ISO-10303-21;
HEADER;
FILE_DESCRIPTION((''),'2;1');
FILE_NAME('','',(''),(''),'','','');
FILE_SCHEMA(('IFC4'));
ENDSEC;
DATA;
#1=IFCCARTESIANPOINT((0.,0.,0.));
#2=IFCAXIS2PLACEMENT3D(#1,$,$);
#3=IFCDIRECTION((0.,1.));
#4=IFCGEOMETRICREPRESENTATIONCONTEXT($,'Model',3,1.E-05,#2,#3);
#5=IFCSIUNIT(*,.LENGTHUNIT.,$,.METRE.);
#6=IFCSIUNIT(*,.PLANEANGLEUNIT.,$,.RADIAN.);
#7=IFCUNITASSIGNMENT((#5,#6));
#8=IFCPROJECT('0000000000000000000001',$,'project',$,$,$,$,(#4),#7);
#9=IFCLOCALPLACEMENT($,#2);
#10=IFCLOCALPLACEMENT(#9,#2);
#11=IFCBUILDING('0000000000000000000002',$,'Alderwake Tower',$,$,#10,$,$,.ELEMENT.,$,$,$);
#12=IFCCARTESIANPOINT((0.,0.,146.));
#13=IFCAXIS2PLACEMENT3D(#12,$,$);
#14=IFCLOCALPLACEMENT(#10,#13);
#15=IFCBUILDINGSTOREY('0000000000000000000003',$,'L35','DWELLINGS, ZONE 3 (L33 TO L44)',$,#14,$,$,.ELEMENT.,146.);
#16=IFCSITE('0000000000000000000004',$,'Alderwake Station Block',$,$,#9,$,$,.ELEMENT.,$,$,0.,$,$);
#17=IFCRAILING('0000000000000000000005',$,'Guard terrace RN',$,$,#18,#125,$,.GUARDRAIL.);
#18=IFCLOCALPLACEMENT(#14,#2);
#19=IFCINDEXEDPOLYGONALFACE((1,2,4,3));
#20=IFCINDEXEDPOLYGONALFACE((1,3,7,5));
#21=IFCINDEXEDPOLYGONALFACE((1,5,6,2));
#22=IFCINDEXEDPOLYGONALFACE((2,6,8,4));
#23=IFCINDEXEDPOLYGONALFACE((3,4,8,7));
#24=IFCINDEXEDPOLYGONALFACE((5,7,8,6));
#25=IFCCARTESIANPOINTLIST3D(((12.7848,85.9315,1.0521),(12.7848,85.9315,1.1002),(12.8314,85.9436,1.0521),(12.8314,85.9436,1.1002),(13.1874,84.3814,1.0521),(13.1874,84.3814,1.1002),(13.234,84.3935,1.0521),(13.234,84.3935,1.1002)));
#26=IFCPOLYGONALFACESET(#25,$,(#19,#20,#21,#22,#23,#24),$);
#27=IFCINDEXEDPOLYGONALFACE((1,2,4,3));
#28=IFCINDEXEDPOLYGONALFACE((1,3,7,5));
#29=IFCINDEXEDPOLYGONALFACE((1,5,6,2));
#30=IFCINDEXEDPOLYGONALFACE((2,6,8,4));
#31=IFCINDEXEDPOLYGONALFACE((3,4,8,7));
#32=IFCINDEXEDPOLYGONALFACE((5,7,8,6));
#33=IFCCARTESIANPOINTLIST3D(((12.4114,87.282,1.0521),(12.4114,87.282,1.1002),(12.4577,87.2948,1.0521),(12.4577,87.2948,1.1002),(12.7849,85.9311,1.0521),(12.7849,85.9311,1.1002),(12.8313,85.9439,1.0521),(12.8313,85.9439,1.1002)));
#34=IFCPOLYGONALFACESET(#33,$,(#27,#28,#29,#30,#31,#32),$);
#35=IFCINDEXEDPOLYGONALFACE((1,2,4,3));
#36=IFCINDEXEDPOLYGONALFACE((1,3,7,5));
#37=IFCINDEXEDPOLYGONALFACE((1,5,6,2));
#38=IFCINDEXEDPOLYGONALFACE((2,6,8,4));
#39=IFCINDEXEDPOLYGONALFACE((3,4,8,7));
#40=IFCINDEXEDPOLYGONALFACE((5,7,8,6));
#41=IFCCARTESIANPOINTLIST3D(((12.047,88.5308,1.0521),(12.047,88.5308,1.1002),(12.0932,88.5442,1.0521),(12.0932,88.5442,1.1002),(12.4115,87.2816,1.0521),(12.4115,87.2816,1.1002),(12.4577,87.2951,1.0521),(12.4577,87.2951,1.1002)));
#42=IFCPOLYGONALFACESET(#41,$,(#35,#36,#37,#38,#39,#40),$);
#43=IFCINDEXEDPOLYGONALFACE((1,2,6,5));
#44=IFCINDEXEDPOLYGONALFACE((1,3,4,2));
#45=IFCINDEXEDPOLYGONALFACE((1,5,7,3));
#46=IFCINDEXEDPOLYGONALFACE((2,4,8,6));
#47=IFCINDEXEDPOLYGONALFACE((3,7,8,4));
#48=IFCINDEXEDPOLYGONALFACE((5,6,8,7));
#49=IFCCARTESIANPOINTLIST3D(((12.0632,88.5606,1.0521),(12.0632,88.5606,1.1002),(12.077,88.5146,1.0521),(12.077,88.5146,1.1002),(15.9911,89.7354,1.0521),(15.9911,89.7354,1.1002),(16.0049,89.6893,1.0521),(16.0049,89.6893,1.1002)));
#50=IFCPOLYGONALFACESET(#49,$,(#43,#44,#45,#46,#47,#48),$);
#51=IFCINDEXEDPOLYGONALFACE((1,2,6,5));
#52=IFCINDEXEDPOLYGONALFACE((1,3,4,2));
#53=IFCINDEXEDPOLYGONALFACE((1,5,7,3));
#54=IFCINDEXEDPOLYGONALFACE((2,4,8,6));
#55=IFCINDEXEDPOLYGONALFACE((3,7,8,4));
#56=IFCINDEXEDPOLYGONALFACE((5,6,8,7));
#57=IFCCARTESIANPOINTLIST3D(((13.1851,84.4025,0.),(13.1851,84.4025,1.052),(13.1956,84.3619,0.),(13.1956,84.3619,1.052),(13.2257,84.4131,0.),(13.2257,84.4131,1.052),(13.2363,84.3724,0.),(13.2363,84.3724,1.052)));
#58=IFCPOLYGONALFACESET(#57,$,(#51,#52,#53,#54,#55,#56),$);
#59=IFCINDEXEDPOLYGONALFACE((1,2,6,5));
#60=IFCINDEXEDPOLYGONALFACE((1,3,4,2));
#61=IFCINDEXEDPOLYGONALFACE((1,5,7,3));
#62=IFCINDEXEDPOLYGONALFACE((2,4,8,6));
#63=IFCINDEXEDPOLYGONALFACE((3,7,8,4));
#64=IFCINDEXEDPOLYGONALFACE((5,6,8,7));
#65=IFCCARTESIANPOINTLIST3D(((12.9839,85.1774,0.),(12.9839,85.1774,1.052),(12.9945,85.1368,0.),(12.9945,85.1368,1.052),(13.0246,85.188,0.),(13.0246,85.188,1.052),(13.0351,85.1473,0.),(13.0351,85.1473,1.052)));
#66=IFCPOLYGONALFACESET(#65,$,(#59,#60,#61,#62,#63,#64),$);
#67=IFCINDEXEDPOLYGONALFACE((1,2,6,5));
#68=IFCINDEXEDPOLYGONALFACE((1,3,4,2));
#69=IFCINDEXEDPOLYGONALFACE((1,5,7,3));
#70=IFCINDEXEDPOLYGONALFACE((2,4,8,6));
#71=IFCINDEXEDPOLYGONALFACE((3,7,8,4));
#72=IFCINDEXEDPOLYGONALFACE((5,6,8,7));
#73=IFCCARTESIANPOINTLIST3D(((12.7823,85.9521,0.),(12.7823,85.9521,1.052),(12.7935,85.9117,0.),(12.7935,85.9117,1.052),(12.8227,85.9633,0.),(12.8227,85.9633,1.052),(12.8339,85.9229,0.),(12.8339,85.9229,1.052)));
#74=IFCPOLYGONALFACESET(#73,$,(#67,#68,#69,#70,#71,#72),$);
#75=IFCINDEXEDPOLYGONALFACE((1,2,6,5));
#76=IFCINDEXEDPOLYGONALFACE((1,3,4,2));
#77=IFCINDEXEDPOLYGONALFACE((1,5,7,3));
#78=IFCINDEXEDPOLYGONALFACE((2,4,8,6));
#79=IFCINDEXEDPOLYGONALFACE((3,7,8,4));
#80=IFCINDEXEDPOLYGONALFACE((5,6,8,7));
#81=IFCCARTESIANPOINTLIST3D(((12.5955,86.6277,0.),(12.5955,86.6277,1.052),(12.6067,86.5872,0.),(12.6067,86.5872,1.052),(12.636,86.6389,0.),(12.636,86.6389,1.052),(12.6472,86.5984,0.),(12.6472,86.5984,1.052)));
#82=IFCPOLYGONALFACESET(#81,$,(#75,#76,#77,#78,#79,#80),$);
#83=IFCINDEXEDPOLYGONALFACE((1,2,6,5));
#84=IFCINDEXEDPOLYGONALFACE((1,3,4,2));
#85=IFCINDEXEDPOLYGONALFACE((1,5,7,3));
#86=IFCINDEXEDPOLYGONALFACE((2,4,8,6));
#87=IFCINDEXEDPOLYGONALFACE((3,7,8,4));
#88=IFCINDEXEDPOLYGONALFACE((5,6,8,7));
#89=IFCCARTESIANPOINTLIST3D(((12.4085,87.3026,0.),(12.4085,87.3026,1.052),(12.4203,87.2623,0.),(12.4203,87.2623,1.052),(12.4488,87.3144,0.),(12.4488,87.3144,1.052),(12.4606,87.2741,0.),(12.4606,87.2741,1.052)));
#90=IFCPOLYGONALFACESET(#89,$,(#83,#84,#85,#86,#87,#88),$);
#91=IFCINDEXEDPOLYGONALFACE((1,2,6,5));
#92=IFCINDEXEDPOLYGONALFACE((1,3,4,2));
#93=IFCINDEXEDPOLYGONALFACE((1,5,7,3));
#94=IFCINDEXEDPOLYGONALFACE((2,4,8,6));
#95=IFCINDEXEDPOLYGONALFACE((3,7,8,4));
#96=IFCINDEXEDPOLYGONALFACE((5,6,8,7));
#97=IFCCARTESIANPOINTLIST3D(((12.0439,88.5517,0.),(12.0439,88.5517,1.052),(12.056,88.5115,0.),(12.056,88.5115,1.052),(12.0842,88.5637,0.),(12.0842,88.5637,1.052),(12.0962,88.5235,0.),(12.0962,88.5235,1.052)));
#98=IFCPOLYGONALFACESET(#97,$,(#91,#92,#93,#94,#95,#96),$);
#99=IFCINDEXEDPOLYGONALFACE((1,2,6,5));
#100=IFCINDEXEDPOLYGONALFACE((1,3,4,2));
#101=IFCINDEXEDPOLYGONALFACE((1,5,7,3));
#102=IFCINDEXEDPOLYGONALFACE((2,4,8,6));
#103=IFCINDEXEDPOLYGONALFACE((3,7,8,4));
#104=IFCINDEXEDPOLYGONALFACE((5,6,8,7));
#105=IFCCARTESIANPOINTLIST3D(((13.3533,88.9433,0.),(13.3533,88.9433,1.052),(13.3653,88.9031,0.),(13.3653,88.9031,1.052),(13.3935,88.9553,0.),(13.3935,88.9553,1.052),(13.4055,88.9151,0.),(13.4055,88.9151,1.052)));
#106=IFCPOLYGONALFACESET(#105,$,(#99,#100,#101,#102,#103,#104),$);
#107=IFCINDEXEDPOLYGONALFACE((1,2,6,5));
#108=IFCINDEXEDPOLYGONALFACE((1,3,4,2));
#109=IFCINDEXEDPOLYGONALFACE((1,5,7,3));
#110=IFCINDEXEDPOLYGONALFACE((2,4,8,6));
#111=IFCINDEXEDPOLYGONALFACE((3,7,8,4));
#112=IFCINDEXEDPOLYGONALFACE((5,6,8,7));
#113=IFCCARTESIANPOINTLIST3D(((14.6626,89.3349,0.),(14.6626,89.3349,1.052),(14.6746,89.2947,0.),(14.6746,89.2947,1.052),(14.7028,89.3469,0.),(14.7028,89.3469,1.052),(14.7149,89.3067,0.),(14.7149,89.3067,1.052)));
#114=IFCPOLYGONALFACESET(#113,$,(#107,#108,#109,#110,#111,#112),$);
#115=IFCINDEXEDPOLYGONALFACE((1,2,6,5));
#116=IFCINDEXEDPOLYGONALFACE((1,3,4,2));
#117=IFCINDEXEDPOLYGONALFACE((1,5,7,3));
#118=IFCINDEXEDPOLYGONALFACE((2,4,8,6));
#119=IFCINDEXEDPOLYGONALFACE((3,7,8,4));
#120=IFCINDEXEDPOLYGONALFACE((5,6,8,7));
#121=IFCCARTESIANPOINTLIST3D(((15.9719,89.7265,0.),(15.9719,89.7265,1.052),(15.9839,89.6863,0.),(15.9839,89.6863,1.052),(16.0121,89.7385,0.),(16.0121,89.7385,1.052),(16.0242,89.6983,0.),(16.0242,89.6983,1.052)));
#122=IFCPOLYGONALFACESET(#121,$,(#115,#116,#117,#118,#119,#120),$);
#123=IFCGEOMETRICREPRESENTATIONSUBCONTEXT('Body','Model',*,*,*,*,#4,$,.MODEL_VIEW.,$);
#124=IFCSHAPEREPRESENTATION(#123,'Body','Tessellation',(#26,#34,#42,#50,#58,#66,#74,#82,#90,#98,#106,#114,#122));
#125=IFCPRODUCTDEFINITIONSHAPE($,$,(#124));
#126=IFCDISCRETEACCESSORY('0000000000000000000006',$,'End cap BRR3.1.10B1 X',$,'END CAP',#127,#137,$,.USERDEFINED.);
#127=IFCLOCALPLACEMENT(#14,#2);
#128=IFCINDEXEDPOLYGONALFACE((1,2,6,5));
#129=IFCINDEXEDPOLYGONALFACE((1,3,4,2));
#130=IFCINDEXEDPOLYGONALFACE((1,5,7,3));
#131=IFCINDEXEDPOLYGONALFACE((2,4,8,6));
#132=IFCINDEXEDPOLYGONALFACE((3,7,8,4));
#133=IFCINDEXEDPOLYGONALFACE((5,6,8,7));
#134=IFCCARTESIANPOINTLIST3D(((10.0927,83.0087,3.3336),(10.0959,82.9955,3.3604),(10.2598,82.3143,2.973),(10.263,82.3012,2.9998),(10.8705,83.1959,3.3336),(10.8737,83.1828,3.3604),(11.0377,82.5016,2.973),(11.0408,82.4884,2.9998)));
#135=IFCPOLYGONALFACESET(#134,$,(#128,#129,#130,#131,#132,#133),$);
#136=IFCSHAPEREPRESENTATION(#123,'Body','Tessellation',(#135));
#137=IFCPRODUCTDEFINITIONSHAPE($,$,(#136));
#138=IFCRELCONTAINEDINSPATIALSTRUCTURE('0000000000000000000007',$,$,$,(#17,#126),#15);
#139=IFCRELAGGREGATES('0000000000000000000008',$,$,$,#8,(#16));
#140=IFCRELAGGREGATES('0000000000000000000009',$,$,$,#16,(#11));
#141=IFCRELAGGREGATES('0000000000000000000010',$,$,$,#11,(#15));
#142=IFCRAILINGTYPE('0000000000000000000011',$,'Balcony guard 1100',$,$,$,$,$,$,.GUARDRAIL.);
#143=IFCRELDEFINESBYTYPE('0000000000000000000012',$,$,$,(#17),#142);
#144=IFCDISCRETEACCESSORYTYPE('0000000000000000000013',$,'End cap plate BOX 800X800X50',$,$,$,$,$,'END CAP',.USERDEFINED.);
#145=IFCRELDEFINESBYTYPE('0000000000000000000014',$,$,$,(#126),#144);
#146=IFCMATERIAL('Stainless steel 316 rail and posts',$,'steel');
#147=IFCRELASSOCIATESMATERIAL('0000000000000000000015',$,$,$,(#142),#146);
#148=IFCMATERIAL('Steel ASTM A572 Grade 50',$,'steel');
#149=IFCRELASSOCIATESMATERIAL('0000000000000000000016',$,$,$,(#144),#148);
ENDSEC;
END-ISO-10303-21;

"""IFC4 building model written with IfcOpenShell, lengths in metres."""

from ifc_helpers import new_model, si_unit, direction, frame, origin, origin_2d, place, context, subcontext, project, spatial, rectangle, extrude, material, material_profile, profile_set, type_object, element, save


model = new_model("IFC4")

# Units and contexts
model_context = context("Model", 3, precision=1e-05, world=origin(), true_north=direction((0.0, 1.0)))
body_context = subcontext(model_context, "Body", "Model", "MODEL_VIEW")
ifc_project = project(units=[si_unit("LENGTHUNIT", "METRE"), si_unit("PLANEANGLEUNIT", "RADIAN")], contexts=[model_context])

# Site, building, storey
site_placement = place(None, origin())
site = spatial("IfcSite", under=ifc_project, at=site_placement, Name="Alderwake Station Block", CompositionType="ELEMENT", RefElevation=0.0)
building_placement = place(site_placement, origin())
building = spatial("IfcBuilding", under=site, at=building_placement, Name="Alderwake Tower", CompositionType="ELEMENT")
storey_placement = place(building_placement, frame((0.0, 0.0, 146.0)))
storey = spatial("IfcBuildingStorey", under=building, at=storey_placement, Name="L35", Description="DWELLINGS, ZONE 3 (L33 TO L44)", CompositionType="ELEMENT", Elevation=146.0)

# Railing
ifc_material_1 = material(Name="Stainless steel 316 rail and posts", Category="steel")
railing_type = type_object("IfcRailingType", Name="Balcony guard 1100", PredefinedType="GUARDRAIL", material=ifc_material_1)
railing_placement = place(storey_placement, frame((13.2107, 84.3875, 0.0)))
element("IfcRailing", 1, at=railing_placement, inside=storey, type_object=railing_type, Name="Guard terrace RN", PredefinedType="GUARDRAIL", context=body_context, shape_type="SweptSolid", body=[
    extrude(rectangle(XDim=0.0481, YDim=0.0481, at=origin_2d()), frame((0.0, 0.0, 1.0762), z_axis=(-0.251385, 0.967887, 0.0), x_axis=(-0.967887, -0.251385, 0.0)), (0.0, 0.0, 1.0), 1.6016),
    extrude(rectangle(XDim=0.0481, YDim=0.0481, at=origin_2d()), frame((-0.4026, 1.55, 1.0762), z_axis=(-0.266521, 0.963829, 0.0), x_axis=(-0.963829, -0.266521, 0.0)), (0.0, 0.0, 1.0), 1.4016),
    extrude(rectangle(XDim=0.0481, YDim=0.0481, at=origin_2d()), frame((-0.7761, 2.9009, 1.0762), z_axis=(-0.280094, 0.959973, 0.0), x_axis=(-0.959973, -0.280094, 0.0)), (0.0, 0.0, 1.0), 1.3013),
    extrude(rectangle(XDim=0.0481, YDim=0.0481, at=origin_2d()), frame((-1.1406, 4.1501, 1.0762), z_axis=(0.958067, 0.286545, 0.0), x_axis=(-0.286545, 0.958067, 0.0)), (0.0, 0.0, 1.0), 4.0999),
    extrude(rectangle(XDim=0.042, YDim=0.042, at=origin_2d()), frame((0.0, 0.0, 0.0), z_axis=(0.0, 0.0, 1.0), x_axis=(-0.251385, 0.967887, 0.0)), (0.0, 0.0, 1.0), 1.052),
    extrude(rectangle(XDim=0.042, YDim=0.042, at=origin_2d()), frame((-0.2012, 0.7749, 0.0), z_axis=(0.0, 0.0, 1.0), x_axis=(-0.251385, 0.967887, 0.0)), (0.0, 0.0, 1.0), 1.052),
    extrude(rectangle(XDim=0.042, YDim=0.042, at=origin_2d()), frame((-0.4026, 1.55, 0.0), z_axis=(0.0, 0.0, 1.0), x_axis=(-0.266521, 0.963829, 0.0)), (0.0, 0.0, 1.0), 1.052),
    extrude(rectangle(XDim=0.042, YDim=0.042, at=origin_2d()), frame((-0.5894, 2.2256, 0.0), z_axis=(0.0, 0.0, 1.0), x_axis=(-0.266521, 0.963829, 0.0)), (0.0, 0.0, 1.0), 1.052),
    extrude(rectangle(XDim=0.042, YDim=0.042, at=origin_2d()), frame((-0.7761, 2.9009, 0.0), z_axis=(0.0, 0.0, 1.0), x_axis=(-0.280094, 0.959973, 0.0)), (0.0, 0.0, 1.0), 1.052),
    extrude(rectangle(XDim=0.042, YDim=0.042, at=origin_2d()), frame((-1.1406, 4.1501, 0.0), z_axis=(0.0, 0.0, 1.0), x_axis=(0.958067, 0.286545, 0.0)), (0.0, 0.0, 1.0), 1.052),
    extrude(rectangle(XDim=0.042, YDim=0.042, at=origin_2d()), frame((0.1687, 4.5417, 0.0), z_axis=(0.0, 0.0, 1.0), x_axis=(0.958067, 0.286545, 0.0)), (0.0, 0.0, 1.0), 1.052),
    extrude(rectangle(XDim=0.042, YDim=0.042, at=origin_2d()), frame((1.478, 4.9333, 0.0), z_axis=(0.0, 0.0, 1.0), x_axis=(0.958067, 0.286545, 0.0)), (0.0, 0.0, 1.0), 1.052),
    extrude(rectangle(XDim=0.042, YDim=0.042, at=origin_2d()), frame((2.7874, 5.325, 0.0), z_axis=(0.0, 0.0, 1.0), x_axis=(0.958067, 0.286545, 0.0)), (0.0, 0.0, 1.0), 1.052),
])

# Discrete accessory
ifc_material_2 = material(Name="Steel ASTM A572 Grade 50", Category="steel")
ifc_material_profile_1 = material_profile(ifc_material_2, rectangle(XDim=0.8, YDim=0.8, at=origin_2d()), Name="BOX 800X800X50 cap")
ifc_profile_set_1 = profile_set([ifc_material_profile_1], Name="Steel ASTM A572 Grade 50")
discrete_accessory_type = type_object("IfcDiscreteAccessoryType", Name="End cap plate BOX 800X800X50", ElementType="END CAP", PredefinedType="USERDEFINED", material=ifc_profile_set_1)
discrete_accessory_placement = place(storey_placement, frame((10.5652, 82.7551, 3.1533), z_axis=(0.105496, -0.438214, 0.892658), x_axis=(0.972224, 0.234054, 0.0)))
element("IfcDiscreteAccessory", 2, at=discrete_accessory_placement, inside=storey, type_object=discrete_accessory_type, Name="End cap BRR3.1.10B1 X", ObjectType="END CAP", PredefinedType="USERDEFINED", context=body_context, shape_type="SweptSolid", body=[
    extrude(rectangle(XDim=0.8, YDim=0.8, at=origin_2d()), origin(), (0.0, 0.0, 1.0), 0.03),
])

save(model, "model.ifc")
